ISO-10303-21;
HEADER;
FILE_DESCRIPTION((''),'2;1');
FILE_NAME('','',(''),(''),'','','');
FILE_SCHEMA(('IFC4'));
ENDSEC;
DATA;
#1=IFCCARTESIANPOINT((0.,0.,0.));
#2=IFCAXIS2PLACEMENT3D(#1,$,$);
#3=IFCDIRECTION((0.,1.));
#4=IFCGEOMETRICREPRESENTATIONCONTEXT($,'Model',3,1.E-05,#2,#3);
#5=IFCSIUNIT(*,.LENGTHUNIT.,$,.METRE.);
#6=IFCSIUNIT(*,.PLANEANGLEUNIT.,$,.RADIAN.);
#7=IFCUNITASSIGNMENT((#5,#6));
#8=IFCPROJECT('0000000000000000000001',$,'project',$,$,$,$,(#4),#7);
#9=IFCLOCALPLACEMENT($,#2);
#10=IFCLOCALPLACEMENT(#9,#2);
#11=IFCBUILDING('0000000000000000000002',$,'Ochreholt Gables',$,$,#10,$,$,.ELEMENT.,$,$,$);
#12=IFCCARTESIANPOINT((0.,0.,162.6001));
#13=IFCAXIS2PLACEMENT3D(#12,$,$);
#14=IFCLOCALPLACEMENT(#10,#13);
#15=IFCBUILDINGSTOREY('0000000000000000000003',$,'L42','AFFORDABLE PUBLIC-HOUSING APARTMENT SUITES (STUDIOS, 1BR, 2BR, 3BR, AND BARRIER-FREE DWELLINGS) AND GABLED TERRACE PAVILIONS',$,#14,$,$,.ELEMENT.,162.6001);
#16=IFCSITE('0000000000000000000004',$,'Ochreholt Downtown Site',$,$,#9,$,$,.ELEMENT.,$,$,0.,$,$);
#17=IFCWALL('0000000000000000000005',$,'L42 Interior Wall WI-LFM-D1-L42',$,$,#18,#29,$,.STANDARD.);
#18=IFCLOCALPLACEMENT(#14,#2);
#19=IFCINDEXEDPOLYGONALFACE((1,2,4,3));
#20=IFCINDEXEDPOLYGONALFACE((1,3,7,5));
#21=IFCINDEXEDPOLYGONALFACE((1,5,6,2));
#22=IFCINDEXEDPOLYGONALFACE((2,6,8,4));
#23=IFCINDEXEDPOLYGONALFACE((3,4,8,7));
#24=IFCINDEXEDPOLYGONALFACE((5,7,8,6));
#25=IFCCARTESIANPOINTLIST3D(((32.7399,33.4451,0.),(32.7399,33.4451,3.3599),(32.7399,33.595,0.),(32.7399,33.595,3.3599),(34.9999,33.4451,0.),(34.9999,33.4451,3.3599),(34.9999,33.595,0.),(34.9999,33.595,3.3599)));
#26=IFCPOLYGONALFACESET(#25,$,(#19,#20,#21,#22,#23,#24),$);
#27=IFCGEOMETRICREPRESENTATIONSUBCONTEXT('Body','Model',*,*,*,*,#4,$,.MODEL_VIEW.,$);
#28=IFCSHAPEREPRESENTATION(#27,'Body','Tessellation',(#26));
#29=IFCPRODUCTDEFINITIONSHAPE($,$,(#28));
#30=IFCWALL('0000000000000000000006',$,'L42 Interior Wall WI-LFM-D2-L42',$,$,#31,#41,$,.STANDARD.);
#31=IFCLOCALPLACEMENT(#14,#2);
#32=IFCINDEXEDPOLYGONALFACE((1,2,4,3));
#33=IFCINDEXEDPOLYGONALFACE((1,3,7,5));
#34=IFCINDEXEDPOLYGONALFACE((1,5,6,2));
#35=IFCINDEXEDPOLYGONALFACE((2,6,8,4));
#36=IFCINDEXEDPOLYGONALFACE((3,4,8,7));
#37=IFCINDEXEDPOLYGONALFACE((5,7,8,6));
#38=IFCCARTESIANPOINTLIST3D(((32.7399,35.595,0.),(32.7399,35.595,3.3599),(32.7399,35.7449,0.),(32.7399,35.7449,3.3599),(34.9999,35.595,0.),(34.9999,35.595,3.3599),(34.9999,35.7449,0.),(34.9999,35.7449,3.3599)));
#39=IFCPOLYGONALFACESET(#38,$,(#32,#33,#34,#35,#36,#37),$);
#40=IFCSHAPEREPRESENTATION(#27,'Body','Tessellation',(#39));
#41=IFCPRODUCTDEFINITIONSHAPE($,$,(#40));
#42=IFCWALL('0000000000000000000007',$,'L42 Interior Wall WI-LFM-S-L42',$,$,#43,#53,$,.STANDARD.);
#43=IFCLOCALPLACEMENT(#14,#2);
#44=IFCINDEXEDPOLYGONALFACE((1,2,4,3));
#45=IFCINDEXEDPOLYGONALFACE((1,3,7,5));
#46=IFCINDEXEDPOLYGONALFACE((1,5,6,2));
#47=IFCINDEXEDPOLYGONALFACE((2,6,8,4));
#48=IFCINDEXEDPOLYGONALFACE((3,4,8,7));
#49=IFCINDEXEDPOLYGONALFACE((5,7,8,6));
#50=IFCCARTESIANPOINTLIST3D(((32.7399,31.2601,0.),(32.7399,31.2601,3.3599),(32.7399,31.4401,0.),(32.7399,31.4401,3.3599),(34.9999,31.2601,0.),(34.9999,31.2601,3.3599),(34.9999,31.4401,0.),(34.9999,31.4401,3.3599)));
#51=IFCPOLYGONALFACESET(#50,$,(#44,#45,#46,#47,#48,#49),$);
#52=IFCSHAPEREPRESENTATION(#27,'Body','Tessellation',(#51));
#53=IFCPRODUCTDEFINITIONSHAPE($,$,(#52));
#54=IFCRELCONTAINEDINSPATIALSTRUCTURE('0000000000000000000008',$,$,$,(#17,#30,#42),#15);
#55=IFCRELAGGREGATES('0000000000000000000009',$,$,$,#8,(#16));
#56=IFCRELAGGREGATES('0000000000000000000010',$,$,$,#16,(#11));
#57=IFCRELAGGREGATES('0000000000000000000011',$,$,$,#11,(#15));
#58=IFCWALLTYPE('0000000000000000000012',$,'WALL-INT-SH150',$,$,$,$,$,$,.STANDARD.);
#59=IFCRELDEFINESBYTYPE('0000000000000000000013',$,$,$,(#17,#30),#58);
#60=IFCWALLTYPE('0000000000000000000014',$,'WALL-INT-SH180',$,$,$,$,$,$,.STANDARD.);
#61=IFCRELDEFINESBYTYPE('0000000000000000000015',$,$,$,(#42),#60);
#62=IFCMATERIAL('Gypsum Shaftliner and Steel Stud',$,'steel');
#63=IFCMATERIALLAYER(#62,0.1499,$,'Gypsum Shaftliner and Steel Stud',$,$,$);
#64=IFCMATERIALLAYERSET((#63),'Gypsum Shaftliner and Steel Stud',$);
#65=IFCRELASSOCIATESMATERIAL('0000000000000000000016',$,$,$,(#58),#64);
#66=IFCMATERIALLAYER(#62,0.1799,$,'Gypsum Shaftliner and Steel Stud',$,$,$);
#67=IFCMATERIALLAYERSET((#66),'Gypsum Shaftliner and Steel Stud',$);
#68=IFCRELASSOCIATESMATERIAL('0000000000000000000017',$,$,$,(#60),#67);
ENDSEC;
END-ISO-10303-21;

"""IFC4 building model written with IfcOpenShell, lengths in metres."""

from ifc_helpers import new_model, si_unit, direction, frame, frame_2d, origin, place, context, subcontext, project, spatial, rectangle, extrude, material, layer, layer_set, type_object, element, save


model = new_model("IFC4")

# Units and contexts
model_context = context("Model", 3, precision=1e-05, world=origin(), true_north=direction((0.0, 1.0)))
body_context = subcontext(model_context, "Body", "Model", "MODEL_VIEW")
ifc_project = project(units=[si_unit("LENGTHUNIT", "METRE"), si_unit("PLANEANGLEUNIT", "RADIAN")], contexts=[model_context])

# Site, building, storey
site_placement = place(None, origin())
site = spatial("IfcSite", under=ifc_project, at=site_placement, Name="Ochreholt Downtown Site", CompositionType="ELEMENT", RefElevation=0.0)
building_placement = place(site_placement, origin())
building = spatial("IfcBuilding", under=site, at=building_placement, Name="Ochreholt Gables", CompositionType="ELEMENT")
storey_placement = place(building_placement, frame((0.0, 0.0, 162.6001)))
storey = spatial("IfcBuildingStorey", under=building, at=storey_placement, Name="L42", Description="AFFORDABLE PUBLIC-HOUSING APARTMENT SUITES (STUDIOS, 1BR, 2BR, 3BR, AND BARRIER-FREE DWELLINGS) AND GABLED TERRACE PAVILIONS", CompositionType="ELEMENT", Elevation=162.6001)

# Walls
ifc_material_1 = material(Name="Gypsum Shaftliner and Steel Stud", Category="steel")
ifc_layer_1 = layer(ifc_material_1, 0.1499, Name="Gypsum Shaftliner and Steel Stud")
ifc_layer_set_1 = layer_set([ifc_layer_1], Name="Gypsum Shaftliner and Steel Stud")
wall_type_1 = type_object("IfcWallType", Name="WALL-INT-SH150", PredefinedType="STANDARD", material=ifc_layer_set_1)
for number, where, z_axis, x_axis, name in (
    (1, (32.74, 33.52, 0.0), (0.0, 0.0, 1.0), (1.0, 0.0, 0.0), "L42 Interior Wall WI-LFM-D1-L42"),
    (2, (32.74, 35.6699, 0.0), (0.0, 0.0, 1.0), (1.0, 0.0, 0.0), "L42 Interior Wall WI-LFM-D2-L42"),
):
    element("IfcWall", number, at=place(storey_placement, frame(where, z_axis=z_axis, x_axis=x_axis)), inside=storey, type_object=wall_type_1, Name=name, PredefinedType="STANDARD", context=body_context, shape_type="SweptSolid", body=[
        extrude(rectangle(XDim=2.26, YDim=0.1499, at=frame_2d((1.1299, 0.0))), origin(), (0.0, 0.0, 1.0), 3.3599),
    ])
ifc_layer_2 = layer(ifc_material_1, 0.1799, Name="Gypsum Shaftliner and Steel Stud")
ifc_layer_set_2 = layer_set([ifc_layer_2], Name="Gypsum Shaftliner and Steel Stud")
wall_type_2 = type_object("IfcWallType", Name="WALL-INT-SH180", PredefinedType="STANDARD", material=ifc_layer_set_2)
wall_1_placement = place(storey_placement, frame((32.74, 31.3501, 0.0), z_axis=(0.0, 0.0, 1.0), x_axis=(1.0, 0.0, 0.0)))
element("IfcWall", 3, at=wall_1_placement, inside=storey, type_object=wall_type_2, Name="L42 Interior Wall WI-LFM-S-L42", PredefinedType="STANDARD", context=body_context, shape_type="SweptSolid", body=[
    extrude(rectangle(XDim=2.26, YDim=0.1799, at=frame_2d((1.1299, 0.0))), origin(), (0.0, 0.0, 1.0), 3.3599),
])

save(model, "model.ifc")
